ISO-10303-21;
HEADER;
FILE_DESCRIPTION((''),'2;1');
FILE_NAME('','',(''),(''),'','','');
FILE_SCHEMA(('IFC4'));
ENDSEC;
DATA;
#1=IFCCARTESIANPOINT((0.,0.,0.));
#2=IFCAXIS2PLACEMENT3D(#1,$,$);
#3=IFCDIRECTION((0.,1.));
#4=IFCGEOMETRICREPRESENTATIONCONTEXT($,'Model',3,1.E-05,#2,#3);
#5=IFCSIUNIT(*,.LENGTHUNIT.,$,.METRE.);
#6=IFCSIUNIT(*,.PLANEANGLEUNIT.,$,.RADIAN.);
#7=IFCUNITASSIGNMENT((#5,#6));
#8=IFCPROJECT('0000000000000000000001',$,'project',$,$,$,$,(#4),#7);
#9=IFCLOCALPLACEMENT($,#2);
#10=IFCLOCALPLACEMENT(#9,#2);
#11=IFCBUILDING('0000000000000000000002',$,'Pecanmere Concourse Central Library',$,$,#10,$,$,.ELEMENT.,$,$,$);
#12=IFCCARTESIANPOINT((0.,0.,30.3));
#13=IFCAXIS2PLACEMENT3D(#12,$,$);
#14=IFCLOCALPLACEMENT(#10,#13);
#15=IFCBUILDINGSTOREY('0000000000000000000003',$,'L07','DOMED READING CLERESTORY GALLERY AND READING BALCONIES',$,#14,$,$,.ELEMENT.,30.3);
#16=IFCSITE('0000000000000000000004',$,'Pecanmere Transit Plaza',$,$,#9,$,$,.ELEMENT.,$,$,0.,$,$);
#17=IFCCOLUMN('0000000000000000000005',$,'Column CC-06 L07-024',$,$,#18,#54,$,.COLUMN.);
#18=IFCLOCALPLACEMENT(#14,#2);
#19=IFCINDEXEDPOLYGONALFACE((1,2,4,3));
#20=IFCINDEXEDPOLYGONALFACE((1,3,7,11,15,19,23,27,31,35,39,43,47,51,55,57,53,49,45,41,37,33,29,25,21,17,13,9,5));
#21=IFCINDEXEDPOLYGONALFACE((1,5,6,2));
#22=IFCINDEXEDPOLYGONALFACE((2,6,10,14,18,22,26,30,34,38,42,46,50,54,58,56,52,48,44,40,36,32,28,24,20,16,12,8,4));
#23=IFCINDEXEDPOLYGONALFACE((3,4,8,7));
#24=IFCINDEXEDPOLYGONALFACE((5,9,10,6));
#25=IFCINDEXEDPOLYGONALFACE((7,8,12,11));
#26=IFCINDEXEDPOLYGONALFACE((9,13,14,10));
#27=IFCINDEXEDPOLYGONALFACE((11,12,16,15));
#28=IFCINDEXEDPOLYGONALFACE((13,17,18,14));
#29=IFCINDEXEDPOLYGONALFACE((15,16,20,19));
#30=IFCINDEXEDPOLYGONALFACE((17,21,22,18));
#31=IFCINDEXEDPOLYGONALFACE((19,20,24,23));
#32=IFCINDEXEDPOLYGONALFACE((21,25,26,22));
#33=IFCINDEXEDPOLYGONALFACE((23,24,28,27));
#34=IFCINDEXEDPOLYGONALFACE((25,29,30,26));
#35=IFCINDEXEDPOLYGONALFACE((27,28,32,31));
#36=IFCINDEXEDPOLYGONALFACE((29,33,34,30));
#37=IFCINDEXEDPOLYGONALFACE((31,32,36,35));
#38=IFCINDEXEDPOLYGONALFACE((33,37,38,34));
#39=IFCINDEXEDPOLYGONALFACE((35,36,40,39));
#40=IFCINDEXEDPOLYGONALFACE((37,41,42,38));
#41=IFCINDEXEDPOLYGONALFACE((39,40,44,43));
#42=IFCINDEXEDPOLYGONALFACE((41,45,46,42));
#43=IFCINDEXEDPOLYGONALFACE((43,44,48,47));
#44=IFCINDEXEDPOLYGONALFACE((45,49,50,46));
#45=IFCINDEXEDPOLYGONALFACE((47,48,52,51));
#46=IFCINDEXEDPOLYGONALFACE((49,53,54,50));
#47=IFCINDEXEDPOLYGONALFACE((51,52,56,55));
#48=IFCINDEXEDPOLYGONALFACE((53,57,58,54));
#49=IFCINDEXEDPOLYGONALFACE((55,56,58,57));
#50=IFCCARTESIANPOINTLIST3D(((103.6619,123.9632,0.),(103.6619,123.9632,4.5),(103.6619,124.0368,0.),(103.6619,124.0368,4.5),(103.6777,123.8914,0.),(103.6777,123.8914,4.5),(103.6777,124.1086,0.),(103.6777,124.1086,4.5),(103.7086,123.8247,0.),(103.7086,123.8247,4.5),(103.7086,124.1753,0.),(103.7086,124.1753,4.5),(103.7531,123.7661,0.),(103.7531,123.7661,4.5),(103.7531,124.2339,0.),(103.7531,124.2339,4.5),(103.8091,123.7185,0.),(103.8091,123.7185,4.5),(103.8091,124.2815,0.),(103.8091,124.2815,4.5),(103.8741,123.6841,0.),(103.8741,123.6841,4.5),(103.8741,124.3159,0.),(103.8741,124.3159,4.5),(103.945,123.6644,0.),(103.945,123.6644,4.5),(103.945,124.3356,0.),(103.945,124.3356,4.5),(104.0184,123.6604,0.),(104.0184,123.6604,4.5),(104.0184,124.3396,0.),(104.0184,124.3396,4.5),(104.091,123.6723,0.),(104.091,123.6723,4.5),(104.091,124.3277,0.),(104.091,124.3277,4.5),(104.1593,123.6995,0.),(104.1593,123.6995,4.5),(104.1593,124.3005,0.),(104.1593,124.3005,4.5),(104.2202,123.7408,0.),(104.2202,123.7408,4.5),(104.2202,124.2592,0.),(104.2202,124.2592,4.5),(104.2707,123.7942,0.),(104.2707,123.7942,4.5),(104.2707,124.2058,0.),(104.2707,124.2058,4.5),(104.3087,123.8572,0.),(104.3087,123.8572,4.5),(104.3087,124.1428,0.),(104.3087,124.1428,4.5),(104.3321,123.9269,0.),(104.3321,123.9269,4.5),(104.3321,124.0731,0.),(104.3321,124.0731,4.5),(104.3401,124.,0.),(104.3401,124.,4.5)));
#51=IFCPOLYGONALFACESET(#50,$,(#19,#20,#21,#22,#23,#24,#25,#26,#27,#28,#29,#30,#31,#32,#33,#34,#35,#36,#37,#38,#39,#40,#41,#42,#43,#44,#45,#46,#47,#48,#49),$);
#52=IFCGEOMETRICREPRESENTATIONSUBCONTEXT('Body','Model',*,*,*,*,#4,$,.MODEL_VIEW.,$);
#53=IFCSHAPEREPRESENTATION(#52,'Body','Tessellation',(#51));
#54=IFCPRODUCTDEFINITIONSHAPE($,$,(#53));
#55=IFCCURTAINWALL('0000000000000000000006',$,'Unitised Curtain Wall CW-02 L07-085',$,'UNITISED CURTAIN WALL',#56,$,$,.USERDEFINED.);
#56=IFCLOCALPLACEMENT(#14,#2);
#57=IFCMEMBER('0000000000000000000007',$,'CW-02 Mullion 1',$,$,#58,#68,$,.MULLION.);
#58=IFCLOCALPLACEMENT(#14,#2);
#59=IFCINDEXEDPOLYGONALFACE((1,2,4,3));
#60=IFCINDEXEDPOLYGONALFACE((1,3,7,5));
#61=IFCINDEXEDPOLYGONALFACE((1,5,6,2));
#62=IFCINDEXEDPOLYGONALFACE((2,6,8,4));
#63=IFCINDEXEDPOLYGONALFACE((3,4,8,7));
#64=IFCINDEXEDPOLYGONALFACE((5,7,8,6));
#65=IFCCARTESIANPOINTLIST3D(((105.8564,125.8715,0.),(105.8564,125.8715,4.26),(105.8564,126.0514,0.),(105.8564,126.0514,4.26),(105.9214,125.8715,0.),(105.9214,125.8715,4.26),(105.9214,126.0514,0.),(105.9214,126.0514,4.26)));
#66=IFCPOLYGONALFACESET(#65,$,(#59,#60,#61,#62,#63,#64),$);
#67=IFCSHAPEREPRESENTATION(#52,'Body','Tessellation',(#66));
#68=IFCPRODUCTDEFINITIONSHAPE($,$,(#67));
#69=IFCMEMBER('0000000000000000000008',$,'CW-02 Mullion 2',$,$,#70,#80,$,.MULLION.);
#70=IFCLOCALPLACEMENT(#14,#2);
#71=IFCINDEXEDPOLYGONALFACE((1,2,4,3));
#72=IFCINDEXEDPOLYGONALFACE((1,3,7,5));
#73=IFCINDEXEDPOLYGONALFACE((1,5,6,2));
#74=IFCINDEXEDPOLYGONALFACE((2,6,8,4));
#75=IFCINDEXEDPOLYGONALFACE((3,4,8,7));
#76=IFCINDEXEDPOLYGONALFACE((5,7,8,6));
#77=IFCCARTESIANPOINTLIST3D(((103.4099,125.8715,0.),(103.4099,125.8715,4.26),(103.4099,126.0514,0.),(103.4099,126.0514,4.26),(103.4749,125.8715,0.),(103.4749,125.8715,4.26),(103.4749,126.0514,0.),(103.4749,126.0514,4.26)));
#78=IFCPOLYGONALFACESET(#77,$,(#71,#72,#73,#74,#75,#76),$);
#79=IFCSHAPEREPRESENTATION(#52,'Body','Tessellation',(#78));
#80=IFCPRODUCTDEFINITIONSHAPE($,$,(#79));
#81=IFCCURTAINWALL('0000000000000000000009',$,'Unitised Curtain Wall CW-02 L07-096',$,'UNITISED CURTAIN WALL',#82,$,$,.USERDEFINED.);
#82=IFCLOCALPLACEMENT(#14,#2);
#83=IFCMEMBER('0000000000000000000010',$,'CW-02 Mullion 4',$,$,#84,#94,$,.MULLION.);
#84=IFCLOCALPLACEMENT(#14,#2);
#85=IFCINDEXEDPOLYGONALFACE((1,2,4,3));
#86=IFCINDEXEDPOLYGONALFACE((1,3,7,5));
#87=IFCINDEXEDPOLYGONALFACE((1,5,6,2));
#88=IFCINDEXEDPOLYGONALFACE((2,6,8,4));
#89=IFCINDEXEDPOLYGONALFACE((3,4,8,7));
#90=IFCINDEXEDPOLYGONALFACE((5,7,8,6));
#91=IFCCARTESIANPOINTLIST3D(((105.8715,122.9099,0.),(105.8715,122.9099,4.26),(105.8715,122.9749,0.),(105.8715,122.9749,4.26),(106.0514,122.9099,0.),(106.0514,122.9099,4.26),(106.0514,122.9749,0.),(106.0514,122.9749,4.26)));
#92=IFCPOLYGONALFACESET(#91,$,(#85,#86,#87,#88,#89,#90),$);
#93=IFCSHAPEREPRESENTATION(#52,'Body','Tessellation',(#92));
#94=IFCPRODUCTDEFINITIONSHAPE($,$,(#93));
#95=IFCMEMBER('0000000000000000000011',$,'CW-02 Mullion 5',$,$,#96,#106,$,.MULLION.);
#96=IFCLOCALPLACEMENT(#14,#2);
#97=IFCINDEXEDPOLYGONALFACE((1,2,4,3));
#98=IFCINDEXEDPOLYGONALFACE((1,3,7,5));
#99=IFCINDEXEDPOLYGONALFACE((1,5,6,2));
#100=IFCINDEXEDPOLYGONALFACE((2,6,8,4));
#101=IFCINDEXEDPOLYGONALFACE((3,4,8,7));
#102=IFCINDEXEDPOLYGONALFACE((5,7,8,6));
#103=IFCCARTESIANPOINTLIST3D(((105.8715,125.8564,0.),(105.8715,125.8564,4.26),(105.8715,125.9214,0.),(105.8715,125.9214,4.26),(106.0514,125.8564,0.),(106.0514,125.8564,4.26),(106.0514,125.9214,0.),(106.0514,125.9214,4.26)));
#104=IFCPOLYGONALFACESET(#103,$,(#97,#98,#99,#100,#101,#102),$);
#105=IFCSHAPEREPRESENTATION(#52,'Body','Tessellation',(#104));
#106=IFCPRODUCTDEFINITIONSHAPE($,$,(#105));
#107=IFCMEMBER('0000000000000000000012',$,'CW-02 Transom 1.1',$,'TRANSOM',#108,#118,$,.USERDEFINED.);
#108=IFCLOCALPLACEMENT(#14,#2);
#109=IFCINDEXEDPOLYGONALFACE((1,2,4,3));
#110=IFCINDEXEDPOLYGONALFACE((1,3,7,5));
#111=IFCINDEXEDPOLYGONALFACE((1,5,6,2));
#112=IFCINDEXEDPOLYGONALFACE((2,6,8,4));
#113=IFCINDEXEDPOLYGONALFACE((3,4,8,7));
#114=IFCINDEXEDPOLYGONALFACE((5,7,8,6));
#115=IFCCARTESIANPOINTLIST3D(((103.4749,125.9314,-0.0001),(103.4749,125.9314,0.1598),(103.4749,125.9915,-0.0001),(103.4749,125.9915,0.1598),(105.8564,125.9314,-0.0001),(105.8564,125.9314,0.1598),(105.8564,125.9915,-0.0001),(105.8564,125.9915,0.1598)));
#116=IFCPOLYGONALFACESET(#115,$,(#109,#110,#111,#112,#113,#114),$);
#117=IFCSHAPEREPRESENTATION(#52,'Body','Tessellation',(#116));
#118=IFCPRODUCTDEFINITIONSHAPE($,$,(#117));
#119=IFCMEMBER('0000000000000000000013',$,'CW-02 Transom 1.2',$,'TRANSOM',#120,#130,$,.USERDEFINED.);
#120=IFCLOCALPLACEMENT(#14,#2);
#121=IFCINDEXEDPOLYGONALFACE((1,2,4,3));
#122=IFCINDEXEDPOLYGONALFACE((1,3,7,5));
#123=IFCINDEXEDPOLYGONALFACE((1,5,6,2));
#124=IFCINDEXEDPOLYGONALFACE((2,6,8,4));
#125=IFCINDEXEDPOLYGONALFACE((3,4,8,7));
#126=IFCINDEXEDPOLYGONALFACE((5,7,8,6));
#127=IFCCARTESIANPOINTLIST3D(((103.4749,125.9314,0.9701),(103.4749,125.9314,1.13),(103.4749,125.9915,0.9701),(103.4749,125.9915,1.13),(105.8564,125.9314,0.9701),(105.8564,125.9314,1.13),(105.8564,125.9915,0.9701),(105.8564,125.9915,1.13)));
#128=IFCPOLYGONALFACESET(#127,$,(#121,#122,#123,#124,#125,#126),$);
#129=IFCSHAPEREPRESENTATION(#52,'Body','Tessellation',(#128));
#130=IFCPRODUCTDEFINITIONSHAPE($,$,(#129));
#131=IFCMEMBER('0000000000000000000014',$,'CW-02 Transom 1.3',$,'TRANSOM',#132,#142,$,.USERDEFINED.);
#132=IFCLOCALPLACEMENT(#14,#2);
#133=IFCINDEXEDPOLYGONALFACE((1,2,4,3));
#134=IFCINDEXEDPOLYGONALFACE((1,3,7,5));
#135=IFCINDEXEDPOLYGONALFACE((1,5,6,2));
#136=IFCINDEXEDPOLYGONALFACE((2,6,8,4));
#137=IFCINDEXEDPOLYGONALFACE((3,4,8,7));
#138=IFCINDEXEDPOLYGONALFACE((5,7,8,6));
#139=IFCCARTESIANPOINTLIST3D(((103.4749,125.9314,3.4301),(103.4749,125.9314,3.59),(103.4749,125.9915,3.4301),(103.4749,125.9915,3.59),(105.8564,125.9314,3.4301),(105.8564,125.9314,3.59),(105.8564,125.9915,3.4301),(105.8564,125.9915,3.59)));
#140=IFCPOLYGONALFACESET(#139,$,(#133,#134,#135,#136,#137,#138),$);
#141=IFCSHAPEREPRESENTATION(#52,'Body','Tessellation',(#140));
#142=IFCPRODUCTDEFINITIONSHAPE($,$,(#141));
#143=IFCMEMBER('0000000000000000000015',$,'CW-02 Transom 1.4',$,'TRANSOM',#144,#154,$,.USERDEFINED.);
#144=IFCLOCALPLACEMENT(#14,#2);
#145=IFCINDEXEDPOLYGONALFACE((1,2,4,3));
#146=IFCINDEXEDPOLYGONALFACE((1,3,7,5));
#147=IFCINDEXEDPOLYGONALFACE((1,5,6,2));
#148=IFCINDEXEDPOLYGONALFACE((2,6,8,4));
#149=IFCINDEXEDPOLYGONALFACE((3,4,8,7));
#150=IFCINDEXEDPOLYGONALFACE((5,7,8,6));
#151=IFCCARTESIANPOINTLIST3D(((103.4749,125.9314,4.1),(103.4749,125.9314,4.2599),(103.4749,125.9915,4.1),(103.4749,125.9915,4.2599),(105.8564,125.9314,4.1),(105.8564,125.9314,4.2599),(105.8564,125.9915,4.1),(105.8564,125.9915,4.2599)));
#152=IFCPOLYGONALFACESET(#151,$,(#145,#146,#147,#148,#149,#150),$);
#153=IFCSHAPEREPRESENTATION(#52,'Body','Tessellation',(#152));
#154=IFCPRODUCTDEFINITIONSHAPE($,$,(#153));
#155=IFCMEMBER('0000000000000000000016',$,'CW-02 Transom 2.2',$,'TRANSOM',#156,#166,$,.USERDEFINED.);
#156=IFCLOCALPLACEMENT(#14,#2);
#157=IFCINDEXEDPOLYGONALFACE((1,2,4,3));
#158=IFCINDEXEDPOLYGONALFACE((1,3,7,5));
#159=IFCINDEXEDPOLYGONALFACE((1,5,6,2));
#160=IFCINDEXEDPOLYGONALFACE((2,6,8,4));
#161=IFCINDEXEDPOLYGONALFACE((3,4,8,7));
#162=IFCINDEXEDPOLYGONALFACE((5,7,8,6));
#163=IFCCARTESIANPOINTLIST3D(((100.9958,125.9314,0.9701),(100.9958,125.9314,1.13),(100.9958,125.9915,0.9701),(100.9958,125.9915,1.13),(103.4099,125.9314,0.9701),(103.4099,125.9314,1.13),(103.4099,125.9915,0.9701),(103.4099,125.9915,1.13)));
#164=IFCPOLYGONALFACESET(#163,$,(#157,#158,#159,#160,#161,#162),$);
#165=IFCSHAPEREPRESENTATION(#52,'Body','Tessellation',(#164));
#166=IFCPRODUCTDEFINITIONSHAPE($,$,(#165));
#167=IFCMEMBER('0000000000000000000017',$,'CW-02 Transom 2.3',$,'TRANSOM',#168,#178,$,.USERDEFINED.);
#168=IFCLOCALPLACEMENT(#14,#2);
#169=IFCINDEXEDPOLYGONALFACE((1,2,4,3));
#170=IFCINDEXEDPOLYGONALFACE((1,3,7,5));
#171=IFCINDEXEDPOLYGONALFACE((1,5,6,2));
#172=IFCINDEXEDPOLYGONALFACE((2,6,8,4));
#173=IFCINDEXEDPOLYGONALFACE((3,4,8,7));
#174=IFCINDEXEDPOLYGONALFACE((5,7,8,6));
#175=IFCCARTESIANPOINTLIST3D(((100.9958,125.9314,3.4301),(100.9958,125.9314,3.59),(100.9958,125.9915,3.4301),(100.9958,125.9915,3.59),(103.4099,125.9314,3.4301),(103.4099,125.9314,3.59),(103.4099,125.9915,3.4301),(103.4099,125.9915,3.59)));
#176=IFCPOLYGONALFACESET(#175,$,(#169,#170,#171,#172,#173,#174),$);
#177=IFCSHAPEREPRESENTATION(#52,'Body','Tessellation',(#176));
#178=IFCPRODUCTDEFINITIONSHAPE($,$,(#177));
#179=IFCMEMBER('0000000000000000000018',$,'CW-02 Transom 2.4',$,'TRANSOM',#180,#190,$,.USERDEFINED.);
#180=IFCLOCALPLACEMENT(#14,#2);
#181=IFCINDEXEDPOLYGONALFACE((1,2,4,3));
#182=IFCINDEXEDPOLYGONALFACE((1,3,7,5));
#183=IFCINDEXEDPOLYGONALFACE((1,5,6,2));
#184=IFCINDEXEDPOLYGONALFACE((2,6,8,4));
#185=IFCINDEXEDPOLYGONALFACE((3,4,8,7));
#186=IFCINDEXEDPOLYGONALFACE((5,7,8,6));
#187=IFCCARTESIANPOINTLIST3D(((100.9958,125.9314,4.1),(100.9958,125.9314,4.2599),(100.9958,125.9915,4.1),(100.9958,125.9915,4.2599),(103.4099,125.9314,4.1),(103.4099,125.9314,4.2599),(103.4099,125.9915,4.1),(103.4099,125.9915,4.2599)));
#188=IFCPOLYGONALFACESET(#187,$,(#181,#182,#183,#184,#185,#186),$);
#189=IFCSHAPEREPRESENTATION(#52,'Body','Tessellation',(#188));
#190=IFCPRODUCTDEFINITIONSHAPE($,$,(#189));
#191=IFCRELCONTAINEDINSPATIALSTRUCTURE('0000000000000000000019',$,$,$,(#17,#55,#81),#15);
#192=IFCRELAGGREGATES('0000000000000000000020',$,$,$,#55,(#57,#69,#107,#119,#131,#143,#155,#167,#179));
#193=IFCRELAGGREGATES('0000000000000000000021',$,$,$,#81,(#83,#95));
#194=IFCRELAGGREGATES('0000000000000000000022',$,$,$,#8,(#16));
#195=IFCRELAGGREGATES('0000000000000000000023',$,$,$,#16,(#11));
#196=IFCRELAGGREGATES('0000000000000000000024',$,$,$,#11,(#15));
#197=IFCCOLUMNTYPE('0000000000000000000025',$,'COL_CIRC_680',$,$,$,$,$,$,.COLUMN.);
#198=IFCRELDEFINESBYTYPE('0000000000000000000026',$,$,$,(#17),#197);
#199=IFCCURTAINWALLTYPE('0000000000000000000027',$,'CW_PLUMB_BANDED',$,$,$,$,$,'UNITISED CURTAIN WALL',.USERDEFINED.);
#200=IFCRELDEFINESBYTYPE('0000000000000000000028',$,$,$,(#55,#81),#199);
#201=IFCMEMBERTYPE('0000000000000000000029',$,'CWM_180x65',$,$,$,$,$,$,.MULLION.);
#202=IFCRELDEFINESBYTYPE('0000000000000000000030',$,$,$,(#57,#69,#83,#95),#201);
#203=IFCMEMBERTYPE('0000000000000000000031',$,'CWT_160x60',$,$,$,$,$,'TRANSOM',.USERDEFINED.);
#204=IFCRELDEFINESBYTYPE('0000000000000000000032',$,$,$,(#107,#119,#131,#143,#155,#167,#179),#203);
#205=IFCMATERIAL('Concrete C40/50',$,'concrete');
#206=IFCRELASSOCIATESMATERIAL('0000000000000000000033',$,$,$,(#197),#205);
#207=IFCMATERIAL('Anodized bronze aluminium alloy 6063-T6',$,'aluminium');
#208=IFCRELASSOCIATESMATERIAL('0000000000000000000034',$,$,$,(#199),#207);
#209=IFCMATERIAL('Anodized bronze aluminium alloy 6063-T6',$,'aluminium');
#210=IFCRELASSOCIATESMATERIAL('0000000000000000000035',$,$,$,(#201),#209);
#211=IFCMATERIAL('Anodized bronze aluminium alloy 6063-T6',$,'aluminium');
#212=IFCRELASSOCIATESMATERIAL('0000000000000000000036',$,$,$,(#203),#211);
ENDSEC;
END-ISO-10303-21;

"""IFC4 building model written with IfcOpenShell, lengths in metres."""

from ifc_helpers import new_model, si_unit, direction, frame, origin, origin_2d, place, context, subcontext, project, spatial, rectangle, circle, extrude, material, material_profile, profile_set, type_object, element, aggregate, save


model = new_model("IFC4")

# Units and contexts
model_context = context("Model", 3, precision=1e-05, world=origin(), true_north=direction((0.0, 1.0)))
body_context = subcontext(model_context, "Body", "Model", "MODEL_VIEW")
ifc_project = project(units=[si_unit("LENGTHUNIT", "METRE"), si_unit("PLANEANGLEUNIT", "RADIAN")], contexts=[model_context])

# Site, building, storey
site_placement = place(None, origin())
site = spatial("IfcSite", under=ifc_project, at=site_placement, Name="Pecanmere Transit Plaza", CompositionType="ELEMENT", RefElevation=0.0)
building_placement = place(site_placement, origin())
building = spatial("IfcBuilding", under=site, at=building_placement, Name="Pecanmere Concourse Central Library", CompositionType="ELEMENT")
storey_placement = place(building_placement, frame((0.0, 0.0, 30.3)))
storey = spatial("IfcBuildingStorey", under=building, at=storey_placement, Name="L07", Description="DOMED READING CLERESTORY GALLERY AND READING BALCONIES", CompositionType="ELEMENT", Elevation=30.3)

# Column
ifc_material_1 = material(Name="Concrete C40/50", Category="concrete")
ifc_material_profile_1 = material_profile(ifc_material_1, circle(Radius=0.3401, at=origin_2d()), Name="RC D680")
ifc_profile_set_1 = profile_set([ifc_material_profile_1], Name="Concrete C40/50")
column_type = type_object("IfcColumnType", Name="COL_CIRC_680", PredefinedType="COLUMN", material=ifc_profile_set_1)
column_placement = place(storey_placement, frame((104.0, 124.0, 0.0), z_axis=(0.0, 0.0, 1.0), x_axis=(1.0, 0.0, 0.0)))
element("IfcColumn", 1, at=column_placement, inside=storey, type_object=column_type, Name="Column CC-06 L07-024", PredefinedType="COLUMN", context=body_context, shape_type="SweptSolid", body=[
    extrude(circle(Radius=0.3401, at=origin_2d()), origin(), (0.0, 0.0, 1.0), 4.5),
])

# Curtain walls, members
ifc_material_2 = material(Name="Anodized bronze aluminium alloy 6063-T6", Category="aluminium")
curtain_wall_type = type_object("IfcCurtainWallType", Name="CW_PLUMB_BANDED", ElementType="UNITISED CURTAIN WALL", PredefinedType="USERDEFINED", material=ifc_material_2)
curtain_wall_1_placement = place(storey_placement, origin())
curtain_wall_1 = element("IfcCurtainWall", 2, at=curtain_wall_1_placement, inside=storey, type_object=curtain_wall_type, Name="Unitised Curtain Wall CW-02 L07-085", ObjectType="UNITISED CURTAIN WALL", PredefinedType="USERDEFINED")
ifc_material_3 = material(Name="Anodized bronze aluminium alloy 6063-T6", Category="aluminium")
ifc_material_profile_2 = material_profile(ifc_material_3, rectangle(XDim=0.0649, YDim=0.1799, at=origin_2d()), Name="AL 65x180")
ifc_profile_set_2 = profile_set([ifc_material_profile_2], Name="Anodized bronze aluminium alloy 6063-T6")
member_type_1 = type_object("IfcMemberType", Name="CWM_180x65", PredefinedType="MULLION", material=ifc_profile_set_2)
member_1_placement = place(storey_placement, frame((105.8889, 125.9614, 0.0), z_axis=(0.0, 0.0, 1.0), x_axis=(-1.0, 0.0, 0.0)))
member_1 = element("IfcMember", 3, at=member_1_placement, type_object=member_type_1, Name="CW-02 Mullion 1", PredefinedType="MULLION", context=body_context, shape_type="SweptSolid", body=[
    extrude(rectangle(XDim=0.0649, YDim=0.1799, at=origin_2d()), origin(), (0.0, 0.0, 1.0), 4.26),
])
member_2_placement = place(storey_placement, frame((103.4424, 125.9614, 0.0), z_axis=(0.0, 0.0, 1.0), x_axis=(-1.0, 0.0, 0.0)))
member_2 = element("IfcMember", 4, at=member_2_placement, type_object=member_type_1, Name="CW-02 Mullion 2", PredefinedType="MULLION", context=body_context, shape_type="SweptSolid", body=[
    extrude(rectangle(XDim=0.0649, YDim=0.1799, at=origin_2d()), origin(), (0.0, 0.0, 1.0), 4.26),
])
curtain_wall_2_placement = place(storey_placement, origin())
curtain_wall_2 = element("IfcCurtainWall", 5, at=curtain_wall_2_placement, inside=storey, type_object=curtain_wall_type, Name="Unitised Curtain Wall CW-02 L07-096", ObjectType="UNITISED CURTAIN WALL", PredefinedType="USERDEFINED")
member_3_placement = place(storey_placement, frame((105.9614, 122.9424, 0.0), z_axis=(0.0, 0.0, 1.0), x_axis=(0.0, 1.0, 0.0)))
member_3 = element("IfcMember", 6, at=member_3_placement, type_object=member_type_1, Name="CW-02 Mullion 4", PredefinedType="MULLION", context=body_context, shape_type="SweptSolid", body=[
    extrude(rectangle(XDim=0.0649, YDim=0.1799, at=origin_2d()), origin(), (0.0, 0.0, 1.0), 4.26),
])
member_4_placement = place(storey_placement, frame((105.9614, 125.8889, 0.0), z_axis=(0.0, 0.0, 1.0), x_axis=(0.0, 1.0, 0.0)))
member_4 = element("IfcMember", 7, at=member_4_placement, type_object=member_type_1, Name="CW-02 Mullion 5", PredefinedType="MULLION", context=body_context, shape_type="SweptSolid", body=[
    extrude(rectangle(XDim=0.0649, YDim=0.1799, at=origin_2d()), origin(), (0.0, 0.0, 1.0), 4.26),
])

# Members
ifc_material_4 = material(Name="Anodized bronze aluminium alloy 6063-T6", Category="aluminium")
ifc_material_profile_3 = material_profile(ifc_material_4, rectangle(XDim=0.0601, YDim=0.1599, at=origin_2d()), Name="AL 60x160")
ifc_profile_set_3 = profile_set([ifc_material_profile_3], Name="Anodized bronze aluminium alloy 6063-T6")
member_type_2 = type_object("IfcMemberType", Name="CWT_160x60", ElementType="TRANSOM", PredefinedType="USERDEFINED", material=ifc_profile_set_3)
member_5_placement = place(storey_placement, frame((105.8564, 125.9614, 0.0798), z_axis=(-1.0, 0.0, 0.0), x_axis=(0.0, -1.0, 0.0)))
member_5 = element("IfcMember", 8, at=member_5_placement, type_object=member_type_2, Name="CW-02 Transom 1.1", ObjectType="TRANSOM", PredefinedType="USERDEFINED", context=body_context, shape_type="SweptSolid", body=[
    extrude(rectangle(XDim=0.0601, YDim=0.1599, at=origin_2d()), origin(), (0.0, 0.0, 1.0), 2.3816),
])
member_6_placement = place(storey_placement, frame((105.8564, 125.9614, 1.05), z_axis=(-1.0, 0.0, 0.0), x_axis=(0.0, -1.0, 0.0)))
member_6 = element("IfcMember", 9, at=member_6_placement, type_object=member_type_2, Name="CW-02 Transom 1.2", ObjectType="TRANSOM", PredefinedType="USERDEFINED", context=body_context, shape_type="SweptSolid", body=[
    extrude(rectangle(XDim=0.0601, YDim=0.1599, at=origin_2d()), origin(), (0.0, 0.0, 1.0), 2.3816),
])
member_7_placement = place(storey_placement, frame((105.8564, 125.9614, 3.51), z_axis=(-1.0, 0.0, 0.0), x_axis=(0.0, -1.0, 0.0)))
member_7 = element("IfcMember", 10, at=member_7_placement, type_object=member_type_2, Name="CW-02 Transom 1.3", ObjectType="TRANSOM", PredefinedType="USERDEFINED", context=body_context, shape_type="SweptSolid", body=[
    extrude(rectangle(XDim=0.0601, YDim=0.1599, at=origin_2d()), origin(), (0.0, 0.0, 1.0), 2.3816),
])
member_8_placement = place(storey_placement, frame((105.8564, 125.9614, 4.1799), z_axis=(-1.0, 0.0, 0.0), x_axis=(0.0, -1.0, 0.0)))
member_8 = element("IfcMember", 11, at=member_8_placement, type_object=member_type_2, Name="CW-02 Transom 1.4", ObjectType="TRANSOM", PredefinedType="USERDEFINED", context=body_context, shape_type="SweptSolid", body=[
    extrude(rectangle(XDim=0.0601, YDim=0.1599, at=origin_2d()), origin(), (0.0, 0.0, 1.0), 2.3816),
])
member_9_placement = place(storey_placement, frame((103.4099, 125.9614, 1.05), z_axis=(-1.0, 0.0, 0.0), x_axis=(0.0, -1.0, 0.0)))
member_9 = element("IfcMember", 12, at=member_9_placement, type_object=member_type_2, Name="CW-02 Transom 2.2", ObjectType="TRANSOM", PredefinedType="USERDEFINED", context=body_context, shape_type="SweptSolid", body=[
    extrude(rectangle(XDim=0.0601, YDim=0.1599, at=origin_2d()), origin(), (0.0, 0.0, 1.0), 2.4141),
])
member_10_placement = place(storey_placement, frame((103.4099, 125.9614, 3.51), z_axis=(-1.0, 0.0, 0.0), x_axis=(0.0, -1.0, 0.0)))
member_10 = element("IfcMember", 13, at=member_10_placement, type_object=member_type_2, Name="CW-02 Transom 2.3", ObjectType="TRANSOM", PredefinedType="USERDEFINED", context=body_context, shape_type="SweptSolid", body=[
    extrude(rectangle(XDim=0.0601, YDim=0.1599, at=origin_2d()), origin(), (0.0, 0.0, 1.0), 2.4141),
])
member_11_placement = place(storey_placement, frame((103.4099, 125.9614, 4.1799), z_axis=(-1.0, 0.0, 0.0), x_axis=(0.0, -1.0, 0.0)))
member_11 = element("IfcMember", 14, at=member_11_placement, type_object=member_type_2, Name="CW-02 Transom 2.4", ObjectType="TRANSOM", PredefinedType="USERDEFINED", context=body_context, shape_type="SweptSolid", body=[
    extrude(rectangle(XDim=0.0601, YDim=0.1599, at=origin_2d()), origin(), (0.0, 0.0, 1.0), 2.4141),
])

aggregate(curtain_wall_1, [member_1, member_2, member_5, member_6, member_7, member_8, member_9, member_10, member_11])
aggregate(curtain_wall_2, [member_3, member_4])

save(model, "model.ifc")
